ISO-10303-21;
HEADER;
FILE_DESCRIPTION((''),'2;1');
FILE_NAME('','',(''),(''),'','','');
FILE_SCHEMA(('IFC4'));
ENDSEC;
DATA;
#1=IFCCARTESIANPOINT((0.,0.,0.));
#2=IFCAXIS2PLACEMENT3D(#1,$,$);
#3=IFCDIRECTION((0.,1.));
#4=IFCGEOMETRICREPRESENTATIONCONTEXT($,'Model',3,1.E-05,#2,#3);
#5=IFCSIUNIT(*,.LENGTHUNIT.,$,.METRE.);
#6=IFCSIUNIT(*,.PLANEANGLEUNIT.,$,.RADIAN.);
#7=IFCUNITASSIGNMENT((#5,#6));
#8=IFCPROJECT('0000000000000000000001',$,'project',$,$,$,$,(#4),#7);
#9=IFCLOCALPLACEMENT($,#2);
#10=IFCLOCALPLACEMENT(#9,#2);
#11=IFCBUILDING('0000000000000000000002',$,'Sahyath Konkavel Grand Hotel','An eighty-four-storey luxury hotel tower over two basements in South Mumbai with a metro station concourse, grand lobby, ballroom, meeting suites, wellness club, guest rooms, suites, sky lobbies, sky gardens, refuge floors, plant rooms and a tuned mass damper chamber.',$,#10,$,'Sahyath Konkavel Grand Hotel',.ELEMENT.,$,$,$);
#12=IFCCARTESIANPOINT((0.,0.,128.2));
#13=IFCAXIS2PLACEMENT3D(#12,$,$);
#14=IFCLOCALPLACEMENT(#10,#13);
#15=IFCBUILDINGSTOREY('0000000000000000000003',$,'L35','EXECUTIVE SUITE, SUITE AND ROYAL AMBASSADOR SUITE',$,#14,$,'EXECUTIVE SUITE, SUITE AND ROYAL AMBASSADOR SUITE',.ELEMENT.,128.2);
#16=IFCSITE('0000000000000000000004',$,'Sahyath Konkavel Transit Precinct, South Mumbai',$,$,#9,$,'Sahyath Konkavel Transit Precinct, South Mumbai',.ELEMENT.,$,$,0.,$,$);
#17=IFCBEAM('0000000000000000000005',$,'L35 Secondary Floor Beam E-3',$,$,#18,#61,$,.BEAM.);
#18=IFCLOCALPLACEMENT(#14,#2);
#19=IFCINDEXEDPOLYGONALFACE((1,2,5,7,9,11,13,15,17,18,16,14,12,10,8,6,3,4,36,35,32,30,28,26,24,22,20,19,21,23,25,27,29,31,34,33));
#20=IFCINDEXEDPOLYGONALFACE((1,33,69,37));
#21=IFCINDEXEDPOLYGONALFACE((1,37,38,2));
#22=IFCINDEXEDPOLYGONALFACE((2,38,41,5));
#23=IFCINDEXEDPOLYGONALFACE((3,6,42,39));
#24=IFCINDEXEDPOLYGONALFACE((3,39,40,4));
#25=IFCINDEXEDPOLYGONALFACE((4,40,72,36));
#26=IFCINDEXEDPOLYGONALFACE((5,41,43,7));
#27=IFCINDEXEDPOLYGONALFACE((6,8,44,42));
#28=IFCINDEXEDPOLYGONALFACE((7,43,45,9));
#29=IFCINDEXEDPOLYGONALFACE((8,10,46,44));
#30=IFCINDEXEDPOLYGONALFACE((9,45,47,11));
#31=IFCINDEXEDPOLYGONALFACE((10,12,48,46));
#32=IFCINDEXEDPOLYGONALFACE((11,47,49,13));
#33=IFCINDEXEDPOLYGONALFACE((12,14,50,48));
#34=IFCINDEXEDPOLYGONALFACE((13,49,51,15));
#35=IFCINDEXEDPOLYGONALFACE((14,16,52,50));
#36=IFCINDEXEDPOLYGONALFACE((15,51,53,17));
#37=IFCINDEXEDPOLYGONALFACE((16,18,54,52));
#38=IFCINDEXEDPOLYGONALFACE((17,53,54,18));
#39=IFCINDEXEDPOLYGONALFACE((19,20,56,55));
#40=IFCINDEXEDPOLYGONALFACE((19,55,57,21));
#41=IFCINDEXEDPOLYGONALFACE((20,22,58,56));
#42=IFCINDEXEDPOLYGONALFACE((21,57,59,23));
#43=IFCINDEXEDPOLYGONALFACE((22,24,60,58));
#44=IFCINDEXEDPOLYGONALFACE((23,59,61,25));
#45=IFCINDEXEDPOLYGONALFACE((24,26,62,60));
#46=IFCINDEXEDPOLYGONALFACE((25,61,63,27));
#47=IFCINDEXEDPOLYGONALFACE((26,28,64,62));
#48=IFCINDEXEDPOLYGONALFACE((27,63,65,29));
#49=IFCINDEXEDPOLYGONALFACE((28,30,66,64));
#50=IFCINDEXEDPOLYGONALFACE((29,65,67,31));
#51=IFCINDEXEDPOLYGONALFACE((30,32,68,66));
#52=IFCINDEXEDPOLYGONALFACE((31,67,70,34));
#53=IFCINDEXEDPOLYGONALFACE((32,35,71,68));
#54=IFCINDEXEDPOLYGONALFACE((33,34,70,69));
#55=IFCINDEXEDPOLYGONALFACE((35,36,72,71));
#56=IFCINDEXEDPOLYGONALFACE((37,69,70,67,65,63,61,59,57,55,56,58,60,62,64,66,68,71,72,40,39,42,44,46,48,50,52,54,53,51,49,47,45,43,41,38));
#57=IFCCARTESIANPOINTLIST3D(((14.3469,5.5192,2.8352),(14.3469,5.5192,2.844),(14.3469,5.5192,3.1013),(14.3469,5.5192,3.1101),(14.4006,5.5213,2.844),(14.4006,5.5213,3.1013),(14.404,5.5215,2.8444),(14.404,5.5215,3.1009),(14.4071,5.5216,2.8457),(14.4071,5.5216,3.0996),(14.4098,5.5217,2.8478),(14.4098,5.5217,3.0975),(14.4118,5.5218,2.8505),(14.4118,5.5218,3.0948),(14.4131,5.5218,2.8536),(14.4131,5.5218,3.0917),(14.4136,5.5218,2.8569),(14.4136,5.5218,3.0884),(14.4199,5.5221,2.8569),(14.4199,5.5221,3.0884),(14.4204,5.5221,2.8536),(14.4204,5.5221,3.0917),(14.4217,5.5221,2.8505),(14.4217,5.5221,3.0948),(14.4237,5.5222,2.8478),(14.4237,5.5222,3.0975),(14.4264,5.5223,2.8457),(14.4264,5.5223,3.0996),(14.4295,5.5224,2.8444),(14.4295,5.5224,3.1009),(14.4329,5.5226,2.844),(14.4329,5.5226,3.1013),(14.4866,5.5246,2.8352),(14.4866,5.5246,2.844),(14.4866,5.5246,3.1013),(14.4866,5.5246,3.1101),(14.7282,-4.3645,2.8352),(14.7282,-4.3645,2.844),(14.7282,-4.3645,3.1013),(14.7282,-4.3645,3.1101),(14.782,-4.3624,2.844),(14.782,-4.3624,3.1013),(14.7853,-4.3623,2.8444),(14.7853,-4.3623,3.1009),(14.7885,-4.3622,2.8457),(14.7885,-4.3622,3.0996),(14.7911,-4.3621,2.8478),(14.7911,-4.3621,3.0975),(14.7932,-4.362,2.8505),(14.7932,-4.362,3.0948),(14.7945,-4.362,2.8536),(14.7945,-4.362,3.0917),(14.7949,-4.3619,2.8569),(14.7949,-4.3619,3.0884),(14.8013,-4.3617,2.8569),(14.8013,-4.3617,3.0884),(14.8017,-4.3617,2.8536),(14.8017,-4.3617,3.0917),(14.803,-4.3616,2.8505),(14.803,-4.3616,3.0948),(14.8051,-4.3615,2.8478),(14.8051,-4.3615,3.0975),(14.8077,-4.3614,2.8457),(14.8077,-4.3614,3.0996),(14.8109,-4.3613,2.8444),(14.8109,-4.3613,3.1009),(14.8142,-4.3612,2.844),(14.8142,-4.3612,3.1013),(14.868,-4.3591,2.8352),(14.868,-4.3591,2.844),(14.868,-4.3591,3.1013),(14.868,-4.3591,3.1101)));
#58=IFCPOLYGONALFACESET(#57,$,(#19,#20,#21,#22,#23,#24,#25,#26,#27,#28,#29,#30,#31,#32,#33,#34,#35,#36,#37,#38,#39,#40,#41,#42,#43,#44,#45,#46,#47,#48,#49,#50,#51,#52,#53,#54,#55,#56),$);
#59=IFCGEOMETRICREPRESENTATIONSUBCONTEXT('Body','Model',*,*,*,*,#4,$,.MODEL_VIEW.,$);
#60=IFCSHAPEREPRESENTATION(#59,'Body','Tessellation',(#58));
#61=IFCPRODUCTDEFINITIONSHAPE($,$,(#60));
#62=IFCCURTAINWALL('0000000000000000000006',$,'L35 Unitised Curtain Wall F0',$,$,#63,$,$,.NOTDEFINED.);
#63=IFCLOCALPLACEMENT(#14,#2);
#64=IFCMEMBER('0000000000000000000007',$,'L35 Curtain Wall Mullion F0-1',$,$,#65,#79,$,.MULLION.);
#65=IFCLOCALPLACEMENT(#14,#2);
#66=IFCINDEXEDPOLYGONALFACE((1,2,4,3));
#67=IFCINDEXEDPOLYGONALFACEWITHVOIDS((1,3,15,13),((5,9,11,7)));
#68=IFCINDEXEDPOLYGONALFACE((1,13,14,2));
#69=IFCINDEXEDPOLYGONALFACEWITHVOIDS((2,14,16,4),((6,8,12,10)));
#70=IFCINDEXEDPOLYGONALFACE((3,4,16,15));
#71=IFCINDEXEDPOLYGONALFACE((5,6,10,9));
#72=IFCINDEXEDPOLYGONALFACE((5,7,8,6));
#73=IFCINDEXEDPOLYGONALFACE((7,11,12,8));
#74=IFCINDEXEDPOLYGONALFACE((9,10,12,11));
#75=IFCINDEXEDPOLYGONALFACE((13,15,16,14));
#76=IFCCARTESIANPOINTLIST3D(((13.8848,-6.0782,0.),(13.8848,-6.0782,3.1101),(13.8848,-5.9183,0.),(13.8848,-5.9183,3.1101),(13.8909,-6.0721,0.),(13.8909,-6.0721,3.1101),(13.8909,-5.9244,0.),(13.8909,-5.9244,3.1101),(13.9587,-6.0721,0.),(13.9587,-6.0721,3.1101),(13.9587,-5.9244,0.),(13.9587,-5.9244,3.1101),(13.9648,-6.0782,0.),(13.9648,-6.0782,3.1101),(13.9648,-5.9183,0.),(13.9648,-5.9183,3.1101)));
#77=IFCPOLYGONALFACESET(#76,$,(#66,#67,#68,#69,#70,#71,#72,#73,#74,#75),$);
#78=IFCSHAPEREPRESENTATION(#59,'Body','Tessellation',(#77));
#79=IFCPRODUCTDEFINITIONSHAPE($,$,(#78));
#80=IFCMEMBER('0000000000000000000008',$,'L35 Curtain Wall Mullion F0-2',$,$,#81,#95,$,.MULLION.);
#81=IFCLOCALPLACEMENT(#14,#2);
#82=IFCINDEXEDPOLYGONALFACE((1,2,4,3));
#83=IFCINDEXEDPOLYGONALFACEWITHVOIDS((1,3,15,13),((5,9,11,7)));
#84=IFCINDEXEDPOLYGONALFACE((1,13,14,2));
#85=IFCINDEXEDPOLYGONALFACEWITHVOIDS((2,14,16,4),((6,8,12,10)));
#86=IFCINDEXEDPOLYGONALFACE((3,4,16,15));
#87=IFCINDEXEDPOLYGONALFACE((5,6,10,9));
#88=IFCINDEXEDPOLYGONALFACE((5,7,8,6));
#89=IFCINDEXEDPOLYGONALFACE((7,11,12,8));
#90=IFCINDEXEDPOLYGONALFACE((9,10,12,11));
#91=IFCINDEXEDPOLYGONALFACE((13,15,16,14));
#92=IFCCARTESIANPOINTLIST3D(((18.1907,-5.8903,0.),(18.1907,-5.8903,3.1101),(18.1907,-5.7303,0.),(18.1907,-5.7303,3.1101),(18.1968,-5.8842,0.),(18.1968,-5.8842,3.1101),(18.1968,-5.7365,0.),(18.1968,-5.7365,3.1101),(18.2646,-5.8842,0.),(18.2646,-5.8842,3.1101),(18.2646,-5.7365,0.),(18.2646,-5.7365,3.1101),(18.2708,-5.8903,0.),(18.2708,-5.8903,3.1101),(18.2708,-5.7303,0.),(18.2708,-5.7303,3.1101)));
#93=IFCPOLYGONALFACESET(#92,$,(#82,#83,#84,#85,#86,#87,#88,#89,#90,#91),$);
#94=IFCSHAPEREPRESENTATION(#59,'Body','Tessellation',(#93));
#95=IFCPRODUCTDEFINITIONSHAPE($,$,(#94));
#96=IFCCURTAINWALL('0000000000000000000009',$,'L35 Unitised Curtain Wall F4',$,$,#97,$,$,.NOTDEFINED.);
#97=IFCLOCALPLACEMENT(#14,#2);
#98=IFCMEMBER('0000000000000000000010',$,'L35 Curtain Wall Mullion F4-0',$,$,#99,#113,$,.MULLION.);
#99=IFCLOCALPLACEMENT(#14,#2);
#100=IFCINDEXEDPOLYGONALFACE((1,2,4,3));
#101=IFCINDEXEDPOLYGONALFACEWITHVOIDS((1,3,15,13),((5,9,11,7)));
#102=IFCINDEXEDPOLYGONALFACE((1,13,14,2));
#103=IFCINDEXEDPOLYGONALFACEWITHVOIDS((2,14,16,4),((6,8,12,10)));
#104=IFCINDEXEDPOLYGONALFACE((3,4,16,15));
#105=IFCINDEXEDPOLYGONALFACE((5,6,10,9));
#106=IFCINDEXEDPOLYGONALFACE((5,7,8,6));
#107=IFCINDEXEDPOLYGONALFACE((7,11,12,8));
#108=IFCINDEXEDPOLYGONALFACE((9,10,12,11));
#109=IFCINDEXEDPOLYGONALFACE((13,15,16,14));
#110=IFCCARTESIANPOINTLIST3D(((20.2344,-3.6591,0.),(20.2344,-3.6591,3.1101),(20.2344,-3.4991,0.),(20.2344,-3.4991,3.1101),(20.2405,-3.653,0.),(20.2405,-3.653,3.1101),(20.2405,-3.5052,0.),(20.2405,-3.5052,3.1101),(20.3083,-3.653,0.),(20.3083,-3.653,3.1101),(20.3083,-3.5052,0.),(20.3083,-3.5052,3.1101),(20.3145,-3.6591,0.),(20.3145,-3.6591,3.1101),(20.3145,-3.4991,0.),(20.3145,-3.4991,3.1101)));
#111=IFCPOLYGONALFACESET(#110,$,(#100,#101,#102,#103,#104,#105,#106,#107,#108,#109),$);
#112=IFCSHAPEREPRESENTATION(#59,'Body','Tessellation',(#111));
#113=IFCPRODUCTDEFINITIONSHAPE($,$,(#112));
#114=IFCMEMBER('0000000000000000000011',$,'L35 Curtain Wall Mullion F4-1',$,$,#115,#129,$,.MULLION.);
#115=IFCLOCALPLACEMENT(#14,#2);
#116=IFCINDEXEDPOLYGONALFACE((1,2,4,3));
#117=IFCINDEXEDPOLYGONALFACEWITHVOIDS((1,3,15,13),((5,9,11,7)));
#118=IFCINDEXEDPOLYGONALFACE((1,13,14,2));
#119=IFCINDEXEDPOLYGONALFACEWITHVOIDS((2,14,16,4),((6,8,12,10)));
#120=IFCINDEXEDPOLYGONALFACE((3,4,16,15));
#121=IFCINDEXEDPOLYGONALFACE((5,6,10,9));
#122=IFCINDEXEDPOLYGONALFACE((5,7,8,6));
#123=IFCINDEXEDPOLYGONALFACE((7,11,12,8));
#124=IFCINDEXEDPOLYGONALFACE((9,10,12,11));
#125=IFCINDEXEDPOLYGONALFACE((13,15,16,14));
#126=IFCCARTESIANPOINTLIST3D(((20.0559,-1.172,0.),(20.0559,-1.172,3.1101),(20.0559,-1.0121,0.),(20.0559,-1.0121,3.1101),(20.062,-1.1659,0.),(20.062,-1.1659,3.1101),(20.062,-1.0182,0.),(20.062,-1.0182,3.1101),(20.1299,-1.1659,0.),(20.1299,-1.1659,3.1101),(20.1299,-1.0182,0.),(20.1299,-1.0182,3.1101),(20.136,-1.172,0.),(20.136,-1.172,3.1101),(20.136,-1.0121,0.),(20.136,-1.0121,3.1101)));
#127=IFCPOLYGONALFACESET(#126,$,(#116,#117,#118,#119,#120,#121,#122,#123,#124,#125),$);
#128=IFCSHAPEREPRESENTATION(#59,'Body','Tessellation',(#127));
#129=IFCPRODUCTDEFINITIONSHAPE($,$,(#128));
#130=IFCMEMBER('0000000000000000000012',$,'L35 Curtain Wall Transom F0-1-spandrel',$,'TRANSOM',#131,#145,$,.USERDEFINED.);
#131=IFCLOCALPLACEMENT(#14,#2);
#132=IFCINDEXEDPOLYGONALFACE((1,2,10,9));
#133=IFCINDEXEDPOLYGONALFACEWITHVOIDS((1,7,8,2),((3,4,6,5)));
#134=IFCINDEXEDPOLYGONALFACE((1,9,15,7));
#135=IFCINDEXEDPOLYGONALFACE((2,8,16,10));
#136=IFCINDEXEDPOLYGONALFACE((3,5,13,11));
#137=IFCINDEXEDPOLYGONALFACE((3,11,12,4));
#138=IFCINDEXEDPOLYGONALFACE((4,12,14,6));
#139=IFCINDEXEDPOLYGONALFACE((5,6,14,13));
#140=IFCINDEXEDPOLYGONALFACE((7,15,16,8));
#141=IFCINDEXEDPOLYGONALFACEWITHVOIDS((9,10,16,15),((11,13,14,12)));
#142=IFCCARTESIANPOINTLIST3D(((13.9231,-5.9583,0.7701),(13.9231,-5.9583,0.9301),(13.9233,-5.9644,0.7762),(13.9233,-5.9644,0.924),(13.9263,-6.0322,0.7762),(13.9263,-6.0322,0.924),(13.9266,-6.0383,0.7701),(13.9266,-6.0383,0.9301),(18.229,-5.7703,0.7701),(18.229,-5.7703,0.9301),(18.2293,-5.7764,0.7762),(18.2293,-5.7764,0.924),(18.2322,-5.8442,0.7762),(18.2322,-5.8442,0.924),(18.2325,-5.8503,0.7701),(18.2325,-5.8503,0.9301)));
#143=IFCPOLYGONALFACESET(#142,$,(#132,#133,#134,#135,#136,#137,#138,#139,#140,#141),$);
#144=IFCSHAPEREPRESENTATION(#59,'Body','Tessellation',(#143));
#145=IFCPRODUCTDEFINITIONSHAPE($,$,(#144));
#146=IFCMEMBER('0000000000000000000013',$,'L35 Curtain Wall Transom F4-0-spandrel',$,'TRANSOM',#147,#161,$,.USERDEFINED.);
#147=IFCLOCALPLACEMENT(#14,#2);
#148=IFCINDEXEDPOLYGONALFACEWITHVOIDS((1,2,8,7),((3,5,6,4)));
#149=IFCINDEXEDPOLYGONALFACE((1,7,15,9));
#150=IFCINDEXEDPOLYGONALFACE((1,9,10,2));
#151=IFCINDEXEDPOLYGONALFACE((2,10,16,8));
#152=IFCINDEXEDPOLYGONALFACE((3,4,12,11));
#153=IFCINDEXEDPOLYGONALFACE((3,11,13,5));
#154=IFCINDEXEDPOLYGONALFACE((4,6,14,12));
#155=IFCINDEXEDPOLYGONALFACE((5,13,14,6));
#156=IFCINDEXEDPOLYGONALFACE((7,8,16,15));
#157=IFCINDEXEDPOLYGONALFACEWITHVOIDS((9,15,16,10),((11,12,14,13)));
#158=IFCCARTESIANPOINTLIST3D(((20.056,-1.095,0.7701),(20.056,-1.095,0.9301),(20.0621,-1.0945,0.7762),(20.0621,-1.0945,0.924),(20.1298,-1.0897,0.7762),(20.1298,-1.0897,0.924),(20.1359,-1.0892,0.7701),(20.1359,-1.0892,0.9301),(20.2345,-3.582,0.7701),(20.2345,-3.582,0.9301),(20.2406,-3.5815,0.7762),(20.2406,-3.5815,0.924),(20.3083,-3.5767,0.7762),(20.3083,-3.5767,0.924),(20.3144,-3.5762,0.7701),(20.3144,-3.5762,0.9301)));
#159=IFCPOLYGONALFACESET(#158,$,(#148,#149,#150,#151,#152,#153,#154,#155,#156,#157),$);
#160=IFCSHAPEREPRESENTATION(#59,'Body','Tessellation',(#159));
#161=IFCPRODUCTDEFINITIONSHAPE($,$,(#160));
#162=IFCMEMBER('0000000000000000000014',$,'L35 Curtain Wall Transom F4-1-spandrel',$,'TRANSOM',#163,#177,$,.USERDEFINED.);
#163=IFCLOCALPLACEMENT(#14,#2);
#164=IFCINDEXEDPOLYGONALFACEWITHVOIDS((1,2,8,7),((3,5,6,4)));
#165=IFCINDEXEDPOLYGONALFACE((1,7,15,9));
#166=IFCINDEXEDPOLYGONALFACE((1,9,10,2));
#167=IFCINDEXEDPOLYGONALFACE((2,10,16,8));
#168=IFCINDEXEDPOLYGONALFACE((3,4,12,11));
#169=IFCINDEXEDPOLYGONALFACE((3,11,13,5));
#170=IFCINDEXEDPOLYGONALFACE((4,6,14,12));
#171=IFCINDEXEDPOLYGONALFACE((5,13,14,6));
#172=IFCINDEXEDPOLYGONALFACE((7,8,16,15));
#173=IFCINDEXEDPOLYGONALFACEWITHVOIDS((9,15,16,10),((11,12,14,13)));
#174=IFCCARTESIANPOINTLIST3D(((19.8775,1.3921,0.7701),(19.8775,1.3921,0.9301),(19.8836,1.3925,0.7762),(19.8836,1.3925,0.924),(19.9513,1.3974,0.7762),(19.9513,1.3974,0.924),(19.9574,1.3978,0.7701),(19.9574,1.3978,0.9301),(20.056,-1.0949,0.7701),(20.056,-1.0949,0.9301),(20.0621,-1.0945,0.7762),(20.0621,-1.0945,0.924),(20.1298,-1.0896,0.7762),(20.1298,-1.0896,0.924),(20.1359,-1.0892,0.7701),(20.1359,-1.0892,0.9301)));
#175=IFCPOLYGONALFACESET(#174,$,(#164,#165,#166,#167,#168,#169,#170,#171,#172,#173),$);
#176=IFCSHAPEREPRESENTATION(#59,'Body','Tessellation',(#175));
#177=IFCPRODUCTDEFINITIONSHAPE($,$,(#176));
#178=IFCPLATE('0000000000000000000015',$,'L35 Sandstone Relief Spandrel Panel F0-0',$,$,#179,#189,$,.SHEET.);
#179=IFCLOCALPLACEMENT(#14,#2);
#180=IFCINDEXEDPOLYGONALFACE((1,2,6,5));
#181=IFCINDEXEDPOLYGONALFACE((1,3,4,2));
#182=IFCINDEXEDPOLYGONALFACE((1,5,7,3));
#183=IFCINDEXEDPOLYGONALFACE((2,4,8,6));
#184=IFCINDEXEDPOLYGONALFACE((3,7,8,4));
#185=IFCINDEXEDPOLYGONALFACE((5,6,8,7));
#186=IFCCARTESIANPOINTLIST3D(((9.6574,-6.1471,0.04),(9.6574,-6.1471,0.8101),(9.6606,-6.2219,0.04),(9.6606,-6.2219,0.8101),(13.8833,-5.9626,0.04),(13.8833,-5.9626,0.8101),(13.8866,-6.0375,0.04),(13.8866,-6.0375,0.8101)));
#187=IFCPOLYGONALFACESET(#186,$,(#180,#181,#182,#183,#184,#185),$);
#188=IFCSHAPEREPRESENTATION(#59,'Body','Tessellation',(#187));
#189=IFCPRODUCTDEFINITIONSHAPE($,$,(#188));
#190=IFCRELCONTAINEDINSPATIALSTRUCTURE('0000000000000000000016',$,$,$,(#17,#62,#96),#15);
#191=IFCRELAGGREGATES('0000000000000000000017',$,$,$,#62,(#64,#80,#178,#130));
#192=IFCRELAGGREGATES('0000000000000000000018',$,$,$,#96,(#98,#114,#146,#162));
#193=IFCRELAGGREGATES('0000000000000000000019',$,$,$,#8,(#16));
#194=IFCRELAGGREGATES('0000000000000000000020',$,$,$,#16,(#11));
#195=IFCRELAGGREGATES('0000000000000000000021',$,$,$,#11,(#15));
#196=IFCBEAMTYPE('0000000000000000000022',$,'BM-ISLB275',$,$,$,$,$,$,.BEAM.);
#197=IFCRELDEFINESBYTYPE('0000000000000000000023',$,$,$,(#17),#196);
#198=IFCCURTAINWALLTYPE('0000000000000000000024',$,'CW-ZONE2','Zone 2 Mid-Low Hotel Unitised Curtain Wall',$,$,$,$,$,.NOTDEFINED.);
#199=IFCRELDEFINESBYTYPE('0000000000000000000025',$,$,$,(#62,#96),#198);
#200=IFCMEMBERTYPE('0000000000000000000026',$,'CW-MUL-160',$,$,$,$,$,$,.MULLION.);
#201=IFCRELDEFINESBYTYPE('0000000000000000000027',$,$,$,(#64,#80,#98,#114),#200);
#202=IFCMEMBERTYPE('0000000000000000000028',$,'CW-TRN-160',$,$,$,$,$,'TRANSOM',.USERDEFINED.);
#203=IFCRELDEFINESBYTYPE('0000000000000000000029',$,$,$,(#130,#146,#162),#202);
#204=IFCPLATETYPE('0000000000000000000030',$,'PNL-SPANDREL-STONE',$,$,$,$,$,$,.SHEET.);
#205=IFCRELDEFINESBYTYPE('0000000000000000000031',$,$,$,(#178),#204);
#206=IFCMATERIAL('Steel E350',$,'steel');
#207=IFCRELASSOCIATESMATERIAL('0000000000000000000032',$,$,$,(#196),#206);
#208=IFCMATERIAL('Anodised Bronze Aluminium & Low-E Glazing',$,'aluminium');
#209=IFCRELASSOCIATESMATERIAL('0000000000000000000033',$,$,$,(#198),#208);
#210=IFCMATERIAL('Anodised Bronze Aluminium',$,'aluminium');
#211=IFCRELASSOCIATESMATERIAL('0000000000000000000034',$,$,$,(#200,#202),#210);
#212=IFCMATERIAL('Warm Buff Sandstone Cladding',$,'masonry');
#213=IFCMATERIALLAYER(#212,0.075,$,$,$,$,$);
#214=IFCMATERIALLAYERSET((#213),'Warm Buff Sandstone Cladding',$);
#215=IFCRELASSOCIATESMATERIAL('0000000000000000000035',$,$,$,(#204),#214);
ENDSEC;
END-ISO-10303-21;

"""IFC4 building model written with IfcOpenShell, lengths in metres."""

from ifc_helpers import new_model, si_unit, direction, frame, origin, origin_2d, place, context, subcontext, project, spatial, rectangle, hollow_rectangle, i_section, extrude, source, transform, mapped, material, layer, layer_set, material_profile, profile_set, type_object, element, aggregate, save


model = new_model("IFC4")

# Units and contexts
model_context = context("Model", 3, precision=1e-05, world=origin(), true_north=direction((0.0, 1.0)))
body_context = subcontext(model_context, "Body", "Model", "MODEL_VIEW")
ifc_project = project(units=[si_unit("LENGTHUNIT", "METRE"), si_unit("PLANEANGLEUNIT", "RADIAN")], contexts=[model_context])

# Site, building, storey
site_placement = place(None, origin())
site = spatial("IfcSite", under=ifc_project, at=site_placement, Name="Sahyath Konkavel Transit Precinct, South Mumbai", LongName="Sahyath Konkavel Transit Precinct, South Mumbai", CompositionType="ELEMENT", RefElevation=0.0)
building_placement = place(site_placement, origin())
building = spatial("IfcBuilding", under=site, at=building_placement, Name="Sahyath Konkavel Grand Hotel", Description="An eighty-four-storey luxury hotel tower over two basements in South Mumbai with a metro station concourse, grand lobby, ballroom, meeting suites, wellness club, guest rooms, suites, sky lobbies, sky gardens, refuge floors, plant rooms and a tuned mass damper chamber.", LongName="Sahyath Konkavel Grand Hotel", CompositionType="ELEMENT")
storey_placement = place(building_placement, frame((0.0, 0.0, 128.2)))
storey = spatial("IfcBuildingStorey", under=building, at=storey_placement, Name="L35", Description="EXECUTIVE SUITE, SUITE AND ROYAL AMBASSADOR SUITE", LongName="EXECUTIVE SUITE, SUITE AND ROYAL AMBASSADOR SUITE", CompositionType="ELEMENT", Elevation=128.2)

# Beam
ifc_material_1 = material(Name="Steel E350", Category="steel")
ifc_material_profile_1 = material_profile(ifc_material_1, i_section(OverallWidth=0.1399, OverallDepth=0.2749, WebThickness=0.0063, FlangeThickness=0.0088, FilletRadius=0.0129, at=origin_2d()), Name="ISLB 275")
ifc_profile_set_1 = profile_set([ifc_material_profile_1], Name="Steel E350")
beam_type_1 = type_object("IfcBeamType", Name="BM-ISLB275", PredefinedType="BEAM", material=ifc_profile_set_1)
shared_shape_1 = source(origin(), body_context, "Body", "SweptSolid", [
    extrude(i_section(OverallWidth=0.1399, OverallDepth=0.2749, WebThickness=0.0063, FlangeThickness=0.0088, FilletRadius=0.0129, at=origin_2d()), origin(), (0.0, 0.0, 1.0), 9.8911),
])
beam_1_placement = place(storey_placement, frame((14.7981, -4.3618, 2.9727), z_axis=(-0.038554, 0.999257, 0.0), x_axis=(-0.999257, -0.038554, 0.0)))
element("IfcBeam", 1, at=beam_1_placement, inside=storey, type_object=beam_type_1, Name="L35 Secondary Floor Beam E-3", PredefinedType="BEAM", context=body_context, shape_type="MappedRepresentation", body=[
    mapped(shared_shape_1, transform((0.0, 0.0, 0.0), scale=1.0)),
])

# Curtain walls, members
ifc_material_2 = material(Name="Anodised Bronze Aluminium & Low-E Glazing", Category="aluminium")
curtain_wall_type = type_object("IfcCurtainWallType", Name="CW-ZONE2", Description="Zone 2 Mid-Low Hotel Unitised Curtain Wall", PredefinedType="NOTDEFINED", material=ifc_material_2)
curtain_wall_1_placement = place(storey_placement, origin())
curtain_wall_1 = element("IfcCurtainWall", 2, at=curtain_wall_1_placement, inside=storey, type_object=curtain_wall_type, Name="L35 Unitised Curtain Wall F0", PredefinedType="NOTDEFINED")
ifc_material_3 = material(Name="Anodised Bronze Aluminium", Category="aluminium")
ifc_material_profile_2 = material_profile(ifc_material_3, hollow_rectangle(XDim=0.0801, YDim=0.1599, WallThickness=0.0061, at=origin_2d()), Name="RHS 160x80x6")
ifc_profile_set_2 = profile_set([ifc_material_profile_2], Name="Anodised Bronze Aluminium")
member_type_1 = type_object("IfcMemberType", Name="CW-MUL-160", PredefinedType="MULLION", material=ifc_profile_set_2)
shared_shape_2 = source(origin(), body_context, "Body", "SweptSolid", [
    extrude(hollow_rectangle(XDim=0.0801, YDim=0.1599, WallThickness=0.0061, at=origin_2d()), origin(), (0.0, 0.0, 1.0), 3.1101),
])
member_1_placement = place(storey_placement, frame((13.9248, -5.9983, 0.0), z_axis=(0.0, 0.0, 1.0), x_axis=(1.0, 0.0, 0.0)))
member_1 = element("IfcMember", 3, at=member_1_placement, type_object=member_type_1, Name="L35 Curtain Wall Mullion F0-1", PredefinedType="MULLION", context=body_context, shape_type="MappedRepresentation", body=[
    mapped(shared_shape_2, transform((0.0, 0.0, 0.0), scale=1.0)),
])
member_2_placement = place(storey_placement, frame((18.2307, -5.8103, 0.0), z_axis=(0.0, 0.0, 1.0), x_axis=(1.0, 0.0, 0.0)))
member_2 = element("IfcMember", 4, at=member_2_placement, type_object=member_type_1, Name="L35 Curtain Wall Mullion F0-2", PredefinedType="MULLION", context=body_context, shape_type="MappedRepresentation", body=[
    mapped(shared_shape_2, transform((0.0, 0.0, 0.0), scale=1.0)),
])
curtain_wall_2_placement = place(storey_placement, origin())
curtain_wall_2 = element("IfcCurtainWall", 5, at=curtain_wall_2_placement, inside=storey, type_object=curtain_wall_type, Name="L35 Unitised Curtain Wall F4", PredefinedType="NOTDEFINED")
member_3_placement = place(storey_placement, frame((20.2744, -3.5791, 0.0), z_axis=(0.0, 0.0, 1.0), x_axis=(1.0, 0.0, 0.0)))
member_3 = element("IfcMember", 6, at=member_3_placement, type_object=member_type_1, Name="L35 Curtain Wall Mullion F4-0", PredefinedType="MULLION", context=body_context, shape_type="MappedRepresentation", body=[
    mapped(shared_shape_2, transform((0.0, 0.0, 0.0), scale=1.0)),
])
member_4_placement = place(storey_placement, frame((20.0959, -1.092, 0.0), z_axis=(0.0, 0.0, 1.0), x_axis=(1.0, 0.0, 0.0)))
member_4 = element("IfcMember", 7, at=member_4_placement, type_object=member_type_1, Name="L35 Curtain Wall Mullion F4-1", PredefinedType="MULLION", context=body_context, shape_type="MappedRepresentation", body=[
    mapped(shared_shape_2, transform((0.0, 0.0, 0.0), scale=1.0)),
])

# Members
ifc_material_profile_3 = material_profile(ifc_material_3, hollow_rectangle(XDim=0.0801, YDim=0.1599, WallThickness=0.0061, at=origin_2d()), Name="RHS 160x80x6")
ifc_profile_set_3 = profile_set([ifc_material_profile_3], Name="Anodised Bronze Aluminium")
member_type_2 = type_object("IfcMemberType", Name="CW-TRN-160", ElementType="TRANSOM", PredefinedType="USERDEFINED", material=ifc_profile_set_3)
shared_shape_3 = source(origin(), body_context, "Body", "SweptSolid", [
    extrude(hollow_rectangle(XDim=0.0801, YDim=0.1599, WallThickness=0.0061, at=origin_2d()), origin(), (0.0, 0.0, 1.0), 4.3101),
])
member_5_placement = place(storey_placement, frame((13.9248, -5.9983, 0.8501), z_axis=(0.999048, 0.043617, 0.0), x_axis=(-0.043617, 0.999048, 0.0)))
member_5 = element("IfcMember", 8, at=member_5_placement, type_object=member_type_2, Name="L35 Curtain Wall Transom F0-1-spandrel", ObjectType="TRANSOM", PredefinedType="USERDEFINED", context=body_context, shape_type="MappedRepresentation", body=[
    mapped(shared_shape_3, transform((0.0, 0.0, 0.0), scale=1.0)),
])
shared_shape_4 = source(origin(), body_context, "Body", "SweptSolid", [
    extrude(hollow_rectangle(XDim=0.0801, YDim=0.1599, WallThickness=0.0061, at=origin_2d()), origin(), (0.0, 0.0, 1.0), 2.4934),
])
member_6_placement = place(storey_placement, frame((20.2744, -3.5791, 0.8501), z_axis=(-0.071574, 0.997435, 0.0), x_axis=(-0.997435, -0.071574, 0.0)))
member_6 = element("IfcMember", 9, at=member_6_placement, type_object=member_type_2, Name="L35 Curtain Wall Transom F4-0-spandrel", ObjectType="TRANSOM", PredefinedType="USERDEFINED", context=body_context, shape_type="MappedRepresentation", body=[
    mapped(shared_shape_4, transform((0.0, 0.0, 0.0), scale=1.0)),
])
member_7_placement = place(storey_placement, frame((20.0959, -1.092, 0.8501), z_axis=(-0.071574, 0.997435, 0.0), x_axis=(-0.997435, -0.071574, 0.0)))
member_7 = element("IfcMember", 10, at=member_7_placement, type_object=member_type_2, Name="L35 Curtain Wall Transom F4-1-spandrel", ObjectType="TRANSOM", PredefinedType="USERDEFINED", context=body_context, shape_type="MappedRepresentation", body=[
    mapped(shared_shape_4, transform((0.0, 0.0, 0.0), scale=1.0)),
])

# Plate
ifc_material_4 = material(Name="Warm Buff Sandstone Cladding", Category="masonry")
ifc_layer_1 = layer(ifc_material_4, 0.075)
ifc_layer_set_1 = layer_set([ifc_layer_1], Name="Warm Buff Sandstone Cladding")
plate_type_1 = type_object("IfcPlateType", Name="PNL-SPANDREL-STONE", PredefinedType="SHEET", material=ifc_layer_set_1)
shared_shape_5 = source(origin(), body_context, "Body", "SweptSolid", [
    extrude(rectangle(XDim=4.23, YDim=0.075, at=origin_2d()), origin(), (0.0, 0.0, 1.0), 0.77),
])
plate_1_placement = place(storey_placement, frame((11.772, -6.0923, 0.04), z_axis=(0.0, 0.0, 1.0), x_axis=(0.999049, 0.043602, 0.0)))
plate_1 = element("IfcPlate", 11, at=plate_1_placement, type_object=plate_type_1, Name="L35 Sandstone Relief Spandrel Panel F0-0", PredefinedType="SHEET", context=body_context, shape_type="MappedRepresentation", body=[
    mapped(shared_shape_5, transform((0.0, 0.0, 0.0), scale=1.0)),
])
aggregate(curtain_wall_1, [member_1, member_2, plate_1, member_5])
aggregate(curtain_wall_2, [member_3, member_4, member_6, member_7])

save(model, "model.ifc")
